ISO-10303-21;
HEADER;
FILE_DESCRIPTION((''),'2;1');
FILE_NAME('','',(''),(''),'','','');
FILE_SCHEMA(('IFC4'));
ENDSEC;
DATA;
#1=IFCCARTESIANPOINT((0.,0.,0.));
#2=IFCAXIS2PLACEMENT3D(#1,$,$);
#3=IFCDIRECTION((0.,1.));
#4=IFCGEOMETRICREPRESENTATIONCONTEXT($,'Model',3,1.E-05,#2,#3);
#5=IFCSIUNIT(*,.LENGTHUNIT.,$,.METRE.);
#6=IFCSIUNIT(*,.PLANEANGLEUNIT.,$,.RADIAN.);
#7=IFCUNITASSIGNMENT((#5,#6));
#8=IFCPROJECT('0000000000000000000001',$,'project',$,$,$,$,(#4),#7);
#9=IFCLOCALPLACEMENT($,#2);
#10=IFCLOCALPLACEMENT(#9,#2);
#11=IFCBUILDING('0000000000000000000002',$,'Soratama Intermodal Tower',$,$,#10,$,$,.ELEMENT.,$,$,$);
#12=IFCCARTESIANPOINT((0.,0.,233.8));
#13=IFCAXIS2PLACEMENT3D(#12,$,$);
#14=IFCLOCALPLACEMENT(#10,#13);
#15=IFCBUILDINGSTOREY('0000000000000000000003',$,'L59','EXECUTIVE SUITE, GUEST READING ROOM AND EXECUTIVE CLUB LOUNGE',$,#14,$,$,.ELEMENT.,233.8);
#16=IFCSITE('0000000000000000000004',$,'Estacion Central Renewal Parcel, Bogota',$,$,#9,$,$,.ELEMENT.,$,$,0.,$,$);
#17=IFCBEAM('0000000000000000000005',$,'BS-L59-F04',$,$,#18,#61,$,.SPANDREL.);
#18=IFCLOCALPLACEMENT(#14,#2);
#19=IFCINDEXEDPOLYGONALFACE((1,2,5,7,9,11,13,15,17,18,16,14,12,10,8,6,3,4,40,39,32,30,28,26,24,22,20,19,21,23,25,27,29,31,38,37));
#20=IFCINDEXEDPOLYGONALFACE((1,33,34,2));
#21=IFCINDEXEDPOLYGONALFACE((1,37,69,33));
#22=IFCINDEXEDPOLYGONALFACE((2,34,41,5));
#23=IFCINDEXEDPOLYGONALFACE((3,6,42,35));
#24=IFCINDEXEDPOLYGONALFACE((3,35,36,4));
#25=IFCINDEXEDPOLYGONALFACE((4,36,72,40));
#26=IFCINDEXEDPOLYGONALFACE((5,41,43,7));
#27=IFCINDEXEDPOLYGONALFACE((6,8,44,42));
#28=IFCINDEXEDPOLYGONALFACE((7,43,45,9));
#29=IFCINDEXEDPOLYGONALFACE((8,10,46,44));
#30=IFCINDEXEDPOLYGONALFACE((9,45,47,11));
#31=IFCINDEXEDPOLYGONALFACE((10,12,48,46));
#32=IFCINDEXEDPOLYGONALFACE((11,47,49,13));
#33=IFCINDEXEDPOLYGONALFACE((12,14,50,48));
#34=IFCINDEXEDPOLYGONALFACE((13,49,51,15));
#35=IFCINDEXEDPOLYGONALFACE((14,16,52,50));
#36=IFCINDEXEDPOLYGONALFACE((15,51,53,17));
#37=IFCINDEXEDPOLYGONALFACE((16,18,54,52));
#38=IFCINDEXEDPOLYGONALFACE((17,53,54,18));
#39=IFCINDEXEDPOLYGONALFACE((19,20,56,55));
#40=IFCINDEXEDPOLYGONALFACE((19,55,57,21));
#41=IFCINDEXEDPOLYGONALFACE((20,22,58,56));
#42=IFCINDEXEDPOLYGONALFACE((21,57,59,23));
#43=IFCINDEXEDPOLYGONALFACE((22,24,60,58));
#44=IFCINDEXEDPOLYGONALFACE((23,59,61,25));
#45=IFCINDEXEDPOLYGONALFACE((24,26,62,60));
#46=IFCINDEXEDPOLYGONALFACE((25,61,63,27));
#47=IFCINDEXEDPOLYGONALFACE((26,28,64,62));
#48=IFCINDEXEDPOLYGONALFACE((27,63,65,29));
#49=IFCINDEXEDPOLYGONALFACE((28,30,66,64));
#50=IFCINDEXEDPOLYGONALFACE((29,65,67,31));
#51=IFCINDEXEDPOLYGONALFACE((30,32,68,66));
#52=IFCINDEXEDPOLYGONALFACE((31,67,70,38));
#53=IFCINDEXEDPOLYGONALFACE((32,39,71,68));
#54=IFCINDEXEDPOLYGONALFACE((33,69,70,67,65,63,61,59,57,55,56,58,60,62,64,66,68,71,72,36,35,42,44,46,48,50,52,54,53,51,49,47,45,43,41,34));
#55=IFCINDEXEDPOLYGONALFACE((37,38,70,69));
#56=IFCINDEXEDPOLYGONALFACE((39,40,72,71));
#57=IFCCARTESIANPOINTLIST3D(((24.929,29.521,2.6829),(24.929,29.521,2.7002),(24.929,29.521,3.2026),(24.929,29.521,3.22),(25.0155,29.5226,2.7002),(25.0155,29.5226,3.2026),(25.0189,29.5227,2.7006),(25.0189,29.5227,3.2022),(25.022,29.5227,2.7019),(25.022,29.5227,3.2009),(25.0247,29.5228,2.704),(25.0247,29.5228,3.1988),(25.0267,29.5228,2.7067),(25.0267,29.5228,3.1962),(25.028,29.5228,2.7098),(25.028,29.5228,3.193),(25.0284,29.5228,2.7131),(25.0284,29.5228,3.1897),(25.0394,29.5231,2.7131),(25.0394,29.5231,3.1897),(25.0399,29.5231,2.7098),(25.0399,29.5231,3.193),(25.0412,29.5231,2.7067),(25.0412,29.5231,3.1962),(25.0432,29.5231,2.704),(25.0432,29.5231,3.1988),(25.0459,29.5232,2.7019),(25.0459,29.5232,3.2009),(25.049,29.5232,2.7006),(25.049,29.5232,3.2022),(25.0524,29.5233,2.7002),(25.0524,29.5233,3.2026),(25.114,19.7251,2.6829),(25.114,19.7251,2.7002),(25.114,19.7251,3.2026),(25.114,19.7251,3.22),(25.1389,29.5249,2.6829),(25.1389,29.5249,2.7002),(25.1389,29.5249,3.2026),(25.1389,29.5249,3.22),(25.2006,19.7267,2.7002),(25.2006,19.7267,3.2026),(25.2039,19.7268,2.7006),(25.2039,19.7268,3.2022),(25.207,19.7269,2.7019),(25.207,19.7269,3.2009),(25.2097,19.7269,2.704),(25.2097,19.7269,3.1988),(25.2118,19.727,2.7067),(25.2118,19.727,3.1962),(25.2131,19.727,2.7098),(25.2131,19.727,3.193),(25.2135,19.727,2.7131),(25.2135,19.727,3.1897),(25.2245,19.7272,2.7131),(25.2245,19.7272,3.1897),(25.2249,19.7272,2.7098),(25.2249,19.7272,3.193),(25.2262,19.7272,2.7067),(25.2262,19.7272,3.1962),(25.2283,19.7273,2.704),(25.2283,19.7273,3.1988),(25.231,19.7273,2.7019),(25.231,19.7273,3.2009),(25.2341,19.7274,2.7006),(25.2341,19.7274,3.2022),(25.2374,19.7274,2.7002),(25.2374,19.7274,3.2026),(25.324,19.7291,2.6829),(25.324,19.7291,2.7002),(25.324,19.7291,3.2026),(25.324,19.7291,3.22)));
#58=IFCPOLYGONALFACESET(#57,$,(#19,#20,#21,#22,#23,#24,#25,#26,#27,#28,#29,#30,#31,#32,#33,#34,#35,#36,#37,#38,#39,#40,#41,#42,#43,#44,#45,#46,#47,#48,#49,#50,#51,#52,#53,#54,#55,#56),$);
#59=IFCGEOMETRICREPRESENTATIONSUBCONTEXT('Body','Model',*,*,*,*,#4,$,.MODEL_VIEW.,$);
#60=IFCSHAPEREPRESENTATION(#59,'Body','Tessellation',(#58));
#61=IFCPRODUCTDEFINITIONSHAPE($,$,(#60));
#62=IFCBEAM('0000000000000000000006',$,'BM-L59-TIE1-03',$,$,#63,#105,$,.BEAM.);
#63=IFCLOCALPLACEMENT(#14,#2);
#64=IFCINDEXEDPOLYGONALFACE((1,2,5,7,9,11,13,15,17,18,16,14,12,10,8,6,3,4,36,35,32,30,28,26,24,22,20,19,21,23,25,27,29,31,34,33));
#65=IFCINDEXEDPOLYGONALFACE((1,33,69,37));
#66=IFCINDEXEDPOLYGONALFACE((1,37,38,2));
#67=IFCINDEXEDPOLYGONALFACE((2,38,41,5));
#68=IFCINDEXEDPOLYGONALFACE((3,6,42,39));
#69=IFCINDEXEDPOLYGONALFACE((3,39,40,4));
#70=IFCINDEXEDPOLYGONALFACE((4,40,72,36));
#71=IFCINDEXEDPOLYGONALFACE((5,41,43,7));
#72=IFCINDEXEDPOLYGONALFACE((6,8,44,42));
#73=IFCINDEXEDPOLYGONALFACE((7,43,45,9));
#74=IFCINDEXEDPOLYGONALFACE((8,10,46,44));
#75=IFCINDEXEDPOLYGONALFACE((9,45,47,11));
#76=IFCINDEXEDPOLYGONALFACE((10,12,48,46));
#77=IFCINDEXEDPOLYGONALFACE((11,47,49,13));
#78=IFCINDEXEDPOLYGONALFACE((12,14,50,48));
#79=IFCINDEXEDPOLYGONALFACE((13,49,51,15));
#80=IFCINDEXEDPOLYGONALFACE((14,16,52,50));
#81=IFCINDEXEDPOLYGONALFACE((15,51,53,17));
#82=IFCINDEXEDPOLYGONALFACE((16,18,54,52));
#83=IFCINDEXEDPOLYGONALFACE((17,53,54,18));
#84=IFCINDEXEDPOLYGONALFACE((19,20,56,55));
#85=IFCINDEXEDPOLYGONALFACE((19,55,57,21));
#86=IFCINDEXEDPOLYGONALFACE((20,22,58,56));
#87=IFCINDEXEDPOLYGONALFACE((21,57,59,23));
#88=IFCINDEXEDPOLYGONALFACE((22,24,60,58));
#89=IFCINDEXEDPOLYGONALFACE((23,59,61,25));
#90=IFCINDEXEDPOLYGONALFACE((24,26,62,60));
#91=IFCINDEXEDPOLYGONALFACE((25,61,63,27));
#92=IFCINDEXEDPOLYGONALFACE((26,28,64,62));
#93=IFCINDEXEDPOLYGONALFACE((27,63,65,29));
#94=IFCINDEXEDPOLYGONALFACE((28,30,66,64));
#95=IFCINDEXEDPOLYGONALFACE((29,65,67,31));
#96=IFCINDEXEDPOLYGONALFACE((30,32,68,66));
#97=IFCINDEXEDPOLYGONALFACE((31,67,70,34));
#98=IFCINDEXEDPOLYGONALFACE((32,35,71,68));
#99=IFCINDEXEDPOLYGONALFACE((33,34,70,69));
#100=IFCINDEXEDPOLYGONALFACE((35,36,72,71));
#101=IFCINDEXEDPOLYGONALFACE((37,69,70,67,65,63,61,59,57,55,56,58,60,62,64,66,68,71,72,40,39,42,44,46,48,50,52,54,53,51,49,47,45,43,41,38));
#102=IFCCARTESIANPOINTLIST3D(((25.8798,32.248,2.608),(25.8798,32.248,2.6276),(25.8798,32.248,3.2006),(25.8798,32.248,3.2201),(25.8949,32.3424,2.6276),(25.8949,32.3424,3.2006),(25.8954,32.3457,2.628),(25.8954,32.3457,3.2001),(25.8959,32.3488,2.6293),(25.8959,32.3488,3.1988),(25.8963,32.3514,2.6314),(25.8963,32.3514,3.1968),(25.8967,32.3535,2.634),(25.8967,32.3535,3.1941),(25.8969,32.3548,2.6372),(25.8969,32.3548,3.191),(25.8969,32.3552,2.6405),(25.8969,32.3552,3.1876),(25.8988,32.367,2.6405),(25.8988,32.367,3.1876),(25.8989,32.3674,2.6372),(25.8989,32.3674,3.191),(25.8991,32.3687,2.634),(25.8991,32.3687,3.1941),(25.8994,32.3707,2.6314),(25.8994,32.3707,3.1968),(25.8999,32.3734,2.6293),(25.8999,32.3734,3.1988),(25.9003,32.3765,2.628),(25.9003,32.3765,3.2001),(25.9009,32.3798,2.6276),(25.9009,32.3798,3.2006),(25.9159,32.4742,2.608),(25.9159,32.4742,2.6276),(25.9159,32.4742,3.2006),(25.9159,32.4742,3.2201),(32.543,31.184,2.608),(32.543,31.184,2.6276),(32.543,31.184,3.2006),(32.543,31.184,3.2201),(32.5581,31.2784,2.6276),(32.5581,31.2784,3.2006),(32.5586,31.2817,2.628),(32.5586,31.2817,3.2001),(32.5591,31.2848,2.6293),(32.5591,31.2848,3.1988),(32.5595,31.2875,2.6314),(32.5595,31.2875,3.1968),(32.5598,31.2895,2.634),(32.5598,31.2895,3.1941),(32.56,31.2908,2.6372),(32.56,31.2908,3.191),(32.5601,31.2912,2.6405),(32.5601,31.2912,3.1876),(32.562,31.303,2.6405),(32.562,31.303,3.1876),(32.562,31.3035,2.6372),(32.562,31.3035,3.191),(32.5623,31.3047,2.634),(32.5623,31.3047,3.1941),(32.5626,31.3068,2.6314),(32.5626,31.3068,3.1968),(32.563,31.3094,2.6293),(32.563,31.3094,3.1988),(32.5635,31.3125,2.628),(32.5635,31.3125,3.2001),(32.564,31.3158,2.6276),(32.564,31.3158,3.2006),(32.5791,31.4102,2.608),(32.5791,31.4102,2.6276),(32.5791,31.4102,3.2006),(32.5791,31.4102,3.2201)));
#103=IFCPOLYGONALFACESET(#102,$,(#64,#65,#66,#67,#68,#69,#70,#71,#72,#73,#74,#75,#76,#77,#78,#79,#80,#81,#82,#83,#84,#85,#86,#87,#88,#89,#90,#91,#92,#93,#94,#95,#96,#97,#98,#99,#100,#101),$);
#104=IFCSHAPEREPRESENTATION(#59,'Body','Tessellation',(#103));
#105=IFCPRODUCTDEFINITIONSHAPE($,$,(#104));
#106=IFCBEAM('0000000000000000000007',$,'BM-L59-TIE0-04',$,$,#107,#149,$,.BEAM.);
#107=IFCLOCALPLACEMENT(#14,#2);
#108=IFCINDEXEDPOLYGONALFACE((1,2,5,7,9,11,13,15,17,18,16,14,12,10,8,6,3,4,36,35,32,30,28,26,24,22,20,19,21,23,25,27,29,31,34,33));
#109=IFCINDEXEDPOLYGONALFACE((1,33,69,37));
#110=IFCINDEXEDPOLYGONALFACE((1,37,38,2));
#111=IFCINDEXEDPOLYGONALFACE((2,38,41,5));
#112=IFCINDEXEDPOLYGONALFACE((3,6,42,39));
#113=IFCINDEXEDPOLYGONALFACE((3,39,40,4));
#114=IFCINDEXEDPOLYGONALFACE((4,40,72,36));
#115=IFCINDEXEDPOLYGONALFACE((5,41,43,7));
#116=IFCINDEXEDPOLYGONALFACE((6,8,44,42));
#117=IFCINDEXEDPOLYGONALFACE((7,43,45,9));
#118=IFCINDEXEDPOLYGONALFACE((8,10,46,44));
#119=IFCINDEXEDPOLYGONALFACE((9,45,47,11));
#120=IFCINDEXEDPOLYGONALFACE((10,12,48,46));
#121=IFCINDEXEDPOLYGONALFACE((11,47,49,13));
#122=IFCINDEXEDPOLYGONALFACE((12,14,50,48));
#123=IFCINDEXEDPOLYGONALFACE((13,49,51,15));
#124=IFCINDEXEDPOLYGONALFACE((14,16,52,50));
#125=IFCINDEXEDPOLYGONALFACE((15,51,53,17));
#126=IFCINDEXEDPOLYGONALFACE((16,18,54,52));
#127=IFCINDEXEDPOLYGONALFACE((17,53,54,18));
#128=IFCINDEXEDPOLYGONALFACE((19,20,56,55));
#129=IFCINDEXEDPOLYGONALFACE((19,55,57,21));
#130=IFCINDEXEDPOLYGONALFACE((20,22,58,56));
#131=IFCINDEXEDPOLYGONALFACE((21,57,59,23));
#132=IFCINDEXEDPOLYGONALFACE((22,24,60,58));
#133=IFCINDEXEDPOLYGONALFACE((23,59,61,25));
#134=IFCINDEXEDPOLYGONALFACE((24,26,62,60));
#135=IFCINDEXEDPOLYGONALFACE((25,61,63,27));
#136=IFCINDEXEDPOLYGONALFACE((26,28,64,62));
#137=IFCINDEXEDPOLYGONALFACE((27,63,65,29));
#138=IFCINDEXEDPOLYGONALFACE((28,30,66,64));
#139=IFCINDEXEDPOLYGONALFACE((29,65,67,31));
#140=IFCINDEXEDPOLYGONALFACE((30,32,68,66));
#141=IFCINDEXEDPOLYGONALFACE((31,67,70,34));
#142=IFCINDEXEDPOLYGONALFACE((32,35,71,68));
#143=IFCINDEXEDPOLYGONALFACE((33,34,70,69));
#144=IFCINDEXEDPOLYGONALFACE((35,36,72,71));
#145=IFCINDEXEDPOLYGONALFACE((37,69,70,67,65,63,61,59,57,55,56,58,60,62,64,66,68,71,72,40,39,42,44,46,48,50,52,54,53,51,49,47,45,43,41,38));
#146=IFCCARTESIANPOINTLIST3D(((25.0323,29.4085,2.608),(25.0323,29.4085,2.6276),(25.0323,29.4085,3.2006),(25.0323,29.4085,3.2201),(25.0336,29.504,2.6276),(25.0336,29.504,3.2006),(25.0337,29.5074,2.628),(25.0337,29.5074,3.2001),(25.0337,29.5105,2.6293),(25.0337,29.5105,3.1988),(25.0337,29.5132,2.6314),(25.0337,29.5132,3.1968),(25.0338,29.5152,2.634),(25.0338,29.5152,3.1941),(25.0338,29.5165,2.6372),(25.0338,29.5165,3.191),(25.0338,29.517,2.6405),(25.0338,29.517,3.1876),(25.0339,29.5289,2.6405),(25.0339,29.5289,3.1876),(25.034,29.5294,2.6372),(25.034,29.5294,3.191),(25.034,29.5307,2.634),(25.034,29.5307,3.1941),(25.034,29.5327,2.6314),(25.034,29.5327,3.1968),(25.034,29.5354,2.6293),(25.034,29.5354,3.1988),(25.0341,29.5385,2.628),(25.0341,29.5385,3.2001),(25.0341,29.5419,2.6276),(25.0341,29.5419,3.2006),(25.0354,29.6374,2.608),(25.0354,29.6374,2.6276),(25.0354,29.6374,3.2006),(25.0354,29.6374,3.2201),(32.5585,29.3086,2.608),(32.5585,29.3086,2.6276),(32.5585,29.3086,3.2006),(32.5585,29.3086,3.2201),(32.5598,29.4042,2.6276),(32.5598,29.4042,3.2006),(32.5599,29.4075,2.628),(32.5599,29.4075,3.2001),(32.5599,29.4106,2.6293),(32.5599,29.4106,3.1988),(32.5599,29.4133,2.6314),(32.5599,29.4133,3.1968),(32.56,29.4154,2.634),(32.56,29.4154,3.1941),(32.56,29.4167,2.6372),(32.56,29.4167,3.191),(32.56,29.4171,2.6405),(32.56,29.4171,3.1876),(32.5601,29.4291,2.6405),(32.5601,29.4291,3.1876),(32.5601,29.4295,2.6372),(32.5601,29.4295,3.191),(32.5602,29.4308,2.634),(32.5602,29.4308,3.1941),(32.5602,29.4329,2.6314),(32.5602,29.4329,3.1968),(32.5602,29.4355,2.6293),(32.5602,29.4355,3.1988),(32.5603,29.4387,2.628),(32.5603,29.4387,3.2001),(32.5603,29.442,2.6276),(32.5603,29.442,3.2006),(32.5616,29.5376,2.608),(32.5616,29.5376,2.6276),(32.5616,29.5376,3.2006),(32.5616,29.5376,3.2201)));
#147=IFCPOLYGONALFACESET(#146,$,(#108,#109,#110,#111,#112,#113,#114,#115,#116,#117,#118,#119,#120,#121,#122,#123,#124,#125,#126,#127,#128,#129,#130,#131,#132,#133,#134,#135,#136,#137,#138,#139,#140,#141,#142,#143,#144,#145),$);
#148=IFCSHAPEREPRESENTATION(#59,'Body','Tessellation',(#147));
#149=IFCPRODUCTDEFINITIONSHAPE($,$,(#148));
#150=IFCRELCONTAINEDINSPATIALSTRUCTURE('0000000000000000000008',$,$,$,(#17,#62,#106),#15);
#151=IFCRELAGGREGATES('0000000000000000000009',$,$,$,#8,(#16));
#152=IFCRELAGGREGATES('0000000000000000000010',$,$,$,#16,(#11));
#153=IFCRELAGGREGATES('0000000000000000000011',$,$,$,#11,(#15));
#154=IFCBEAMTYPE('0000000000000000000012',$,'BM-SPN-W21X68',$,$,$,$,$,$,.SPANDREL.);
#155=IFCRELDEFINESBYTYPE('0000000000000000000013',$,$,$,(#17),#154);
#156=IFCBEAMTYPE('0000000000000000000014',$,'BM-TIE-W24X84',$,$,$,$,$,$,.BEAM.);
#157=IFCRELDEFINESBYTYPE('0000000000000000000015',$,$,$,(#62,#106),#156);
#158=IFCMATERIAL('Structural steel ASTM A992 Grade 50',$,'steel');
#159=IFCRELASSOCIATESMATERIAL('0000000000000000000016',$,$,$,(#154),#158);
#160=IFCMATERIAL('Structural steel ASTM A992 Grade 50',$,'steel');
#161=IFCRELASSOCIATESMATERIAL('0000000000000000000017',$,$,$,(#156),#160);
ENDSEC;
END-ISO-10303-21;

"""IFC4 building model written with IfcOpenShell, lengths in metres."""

from ifc_helpers import new_model, si_unit, direction, frame, origin, origin_2d, place, context, subcontext, project, spatial, i_section, extrude, material, material_profile, profile_set, type_object, element, save


model = new_model("IFC4")

# Units and contexts
model_context = context("Model", 3, precision=1e-05, world=origin(), true_north=direction((0.0, 1.0)))
body_context = subcontext(model_context, "Body", "Model", "MODEL_VIEW")
ifc_project = project(units=[si_unit("LENGTHUNIT", "METRE"), si_unit("PLANEANGLEUNIT", "RADIAN")], contexts=[model_context])

# Site, building, storey
site_placement = place(None, origin())
site = spatial("IfcSite", under=ifc_project, at=site_placement, Name="Estacion Central Renewal Parcel, Bogota", CompositionType="ELEMENT", RefElevation=0.0)
building_placement = place(site_placement, origin())
building = spatial("IfcBuilding", under=site, at=building_placement, Name="Soratama Intermodal Tower", CompositionType="ELEMENT")
storey_placement = place(building_placement, frame((0.0, 0.0, 233.8)))
storey = spatial("IfcBuildingStorey", under=building, at=storey_placement, Name="L59", Description="EXECUTIVE SUITE, GUEST READING ROOM AND EXECUTIVE CLUB LOUNGE", CompositionType="ELEMENT", Elevation=233.8)

# Beams
ifc_material_1 = material(Name="Structural steel ASTM A992 Grade 50", Category="steel")
ifc_material_profile_1 = material_profile(ifc_material_1, i_section(OverallWidth=0.21, OverallDepth=0.5371, WebThickness=0.011, FlangeThickness=0.0173, FilletRadius=0.0129, at=origin_2d()), Name="W21X68")
ifc_profile_set_1 = profile_set([ifc_material_profile_1], Name="Structural steel ASTM A992 Grade 50")
beam_type_1 = type_object("IfcBeamType", Name="BM-SPN-W21X68", PredefinedType="SPANDREL", material=ifc_profile_set_1)
beam_1_placement = place(storey_placement, frame((25.0339, 29.5229, 2.9514), z_axis=(0.018888, -0.999822, 0.0), x_axis=(0.999822, 0.018888, 0.0)))
element("IfcBeam", 1, at=beam_1_placement, inside=storey, type_object=beam_type_1, Name="BS-L59-F04", PredefinedType="SPANDREL", context=body_context, shape_type="SweptSolid", body=[
    extrude(i_section(OverallWidth=0.21, OverallDepth=0.5371, WebThickness=0.011, FlangeThickness=0.0173, FilletRadius=0.0129, at=origin_2d()), origin(), (0.0, 0.0, 1.0), 9.7976),
])
ifc_material_2 = material(Name="Structural steel ASTM A992 Grade 50", Category="steel")
ifc_material_profile_2 = material_profile(ifc_material_2, i_section(OverallWidth=0.229, OverallDepth=0.6121, WebThickness=0.012, FlangeThickness=0.0195, FilletRadius=0.0129, at=origin_2d()), Name="W24X84")
ifc_profile_set_2 = profile_set([ifc_material_profile_2], Name="Structural steel ASTM A992 Grade 50")
beam_type_2 = type_object("IfcBeamType", Name="BM-TIE-W24X84", PredefinedType="BEAM", material=ifc_profile_set_2)
beam_2_placement = place(storey_placement, frame((32.561, 31.2971, 2.9141), z_axis=(-0.98749, 0.157683, 0.0), x_axis=(-0.157683, -0.98749, 0.0)))
element("IfcBeam", 2, at=beam_2_placement, inside=storey, type_object=beam_type_2, Name="BM-L59-TIE1-03", PredefinedType="BEAM", context=body_context, shape_type="SweptSolid", body=[
    extrude(i_section(OverallWidth=0.229, OverallDepth=0.6121, WebThickness=0.012, FlangeThickness=0.0195, FilletRadius=0.0129, at=origin_2d()), origin(), (0.0, 0.0, 1.0), 6.7476),
])
beam_3_placement = place(storey_placement, frame((32.5601, 29.4231, 2.9141), z_axis=(-0.999912, 0.013266, 0.0), x_axis=(-0.013266, -0.999912, 0.0)))
element("IfcBeam", 3, at=beam_3_placement, inside=storey, type_object=beam_type_2, Name="BM-L59-TIE0-04", PredefinedType="BEAM", context=body_context, shape_type="SweptSolid", body=[
    extrude(i_section(OverallWidth=0.229, OverallDepth=0.6121, WebThickness=0.012, FlangeThickness=0.0195, FilletRadius=0.0129, at=origin_2d()), origin(), (0.0, 0.0, 1.0), 7.5269),
])

save(model, "model.ifc")
